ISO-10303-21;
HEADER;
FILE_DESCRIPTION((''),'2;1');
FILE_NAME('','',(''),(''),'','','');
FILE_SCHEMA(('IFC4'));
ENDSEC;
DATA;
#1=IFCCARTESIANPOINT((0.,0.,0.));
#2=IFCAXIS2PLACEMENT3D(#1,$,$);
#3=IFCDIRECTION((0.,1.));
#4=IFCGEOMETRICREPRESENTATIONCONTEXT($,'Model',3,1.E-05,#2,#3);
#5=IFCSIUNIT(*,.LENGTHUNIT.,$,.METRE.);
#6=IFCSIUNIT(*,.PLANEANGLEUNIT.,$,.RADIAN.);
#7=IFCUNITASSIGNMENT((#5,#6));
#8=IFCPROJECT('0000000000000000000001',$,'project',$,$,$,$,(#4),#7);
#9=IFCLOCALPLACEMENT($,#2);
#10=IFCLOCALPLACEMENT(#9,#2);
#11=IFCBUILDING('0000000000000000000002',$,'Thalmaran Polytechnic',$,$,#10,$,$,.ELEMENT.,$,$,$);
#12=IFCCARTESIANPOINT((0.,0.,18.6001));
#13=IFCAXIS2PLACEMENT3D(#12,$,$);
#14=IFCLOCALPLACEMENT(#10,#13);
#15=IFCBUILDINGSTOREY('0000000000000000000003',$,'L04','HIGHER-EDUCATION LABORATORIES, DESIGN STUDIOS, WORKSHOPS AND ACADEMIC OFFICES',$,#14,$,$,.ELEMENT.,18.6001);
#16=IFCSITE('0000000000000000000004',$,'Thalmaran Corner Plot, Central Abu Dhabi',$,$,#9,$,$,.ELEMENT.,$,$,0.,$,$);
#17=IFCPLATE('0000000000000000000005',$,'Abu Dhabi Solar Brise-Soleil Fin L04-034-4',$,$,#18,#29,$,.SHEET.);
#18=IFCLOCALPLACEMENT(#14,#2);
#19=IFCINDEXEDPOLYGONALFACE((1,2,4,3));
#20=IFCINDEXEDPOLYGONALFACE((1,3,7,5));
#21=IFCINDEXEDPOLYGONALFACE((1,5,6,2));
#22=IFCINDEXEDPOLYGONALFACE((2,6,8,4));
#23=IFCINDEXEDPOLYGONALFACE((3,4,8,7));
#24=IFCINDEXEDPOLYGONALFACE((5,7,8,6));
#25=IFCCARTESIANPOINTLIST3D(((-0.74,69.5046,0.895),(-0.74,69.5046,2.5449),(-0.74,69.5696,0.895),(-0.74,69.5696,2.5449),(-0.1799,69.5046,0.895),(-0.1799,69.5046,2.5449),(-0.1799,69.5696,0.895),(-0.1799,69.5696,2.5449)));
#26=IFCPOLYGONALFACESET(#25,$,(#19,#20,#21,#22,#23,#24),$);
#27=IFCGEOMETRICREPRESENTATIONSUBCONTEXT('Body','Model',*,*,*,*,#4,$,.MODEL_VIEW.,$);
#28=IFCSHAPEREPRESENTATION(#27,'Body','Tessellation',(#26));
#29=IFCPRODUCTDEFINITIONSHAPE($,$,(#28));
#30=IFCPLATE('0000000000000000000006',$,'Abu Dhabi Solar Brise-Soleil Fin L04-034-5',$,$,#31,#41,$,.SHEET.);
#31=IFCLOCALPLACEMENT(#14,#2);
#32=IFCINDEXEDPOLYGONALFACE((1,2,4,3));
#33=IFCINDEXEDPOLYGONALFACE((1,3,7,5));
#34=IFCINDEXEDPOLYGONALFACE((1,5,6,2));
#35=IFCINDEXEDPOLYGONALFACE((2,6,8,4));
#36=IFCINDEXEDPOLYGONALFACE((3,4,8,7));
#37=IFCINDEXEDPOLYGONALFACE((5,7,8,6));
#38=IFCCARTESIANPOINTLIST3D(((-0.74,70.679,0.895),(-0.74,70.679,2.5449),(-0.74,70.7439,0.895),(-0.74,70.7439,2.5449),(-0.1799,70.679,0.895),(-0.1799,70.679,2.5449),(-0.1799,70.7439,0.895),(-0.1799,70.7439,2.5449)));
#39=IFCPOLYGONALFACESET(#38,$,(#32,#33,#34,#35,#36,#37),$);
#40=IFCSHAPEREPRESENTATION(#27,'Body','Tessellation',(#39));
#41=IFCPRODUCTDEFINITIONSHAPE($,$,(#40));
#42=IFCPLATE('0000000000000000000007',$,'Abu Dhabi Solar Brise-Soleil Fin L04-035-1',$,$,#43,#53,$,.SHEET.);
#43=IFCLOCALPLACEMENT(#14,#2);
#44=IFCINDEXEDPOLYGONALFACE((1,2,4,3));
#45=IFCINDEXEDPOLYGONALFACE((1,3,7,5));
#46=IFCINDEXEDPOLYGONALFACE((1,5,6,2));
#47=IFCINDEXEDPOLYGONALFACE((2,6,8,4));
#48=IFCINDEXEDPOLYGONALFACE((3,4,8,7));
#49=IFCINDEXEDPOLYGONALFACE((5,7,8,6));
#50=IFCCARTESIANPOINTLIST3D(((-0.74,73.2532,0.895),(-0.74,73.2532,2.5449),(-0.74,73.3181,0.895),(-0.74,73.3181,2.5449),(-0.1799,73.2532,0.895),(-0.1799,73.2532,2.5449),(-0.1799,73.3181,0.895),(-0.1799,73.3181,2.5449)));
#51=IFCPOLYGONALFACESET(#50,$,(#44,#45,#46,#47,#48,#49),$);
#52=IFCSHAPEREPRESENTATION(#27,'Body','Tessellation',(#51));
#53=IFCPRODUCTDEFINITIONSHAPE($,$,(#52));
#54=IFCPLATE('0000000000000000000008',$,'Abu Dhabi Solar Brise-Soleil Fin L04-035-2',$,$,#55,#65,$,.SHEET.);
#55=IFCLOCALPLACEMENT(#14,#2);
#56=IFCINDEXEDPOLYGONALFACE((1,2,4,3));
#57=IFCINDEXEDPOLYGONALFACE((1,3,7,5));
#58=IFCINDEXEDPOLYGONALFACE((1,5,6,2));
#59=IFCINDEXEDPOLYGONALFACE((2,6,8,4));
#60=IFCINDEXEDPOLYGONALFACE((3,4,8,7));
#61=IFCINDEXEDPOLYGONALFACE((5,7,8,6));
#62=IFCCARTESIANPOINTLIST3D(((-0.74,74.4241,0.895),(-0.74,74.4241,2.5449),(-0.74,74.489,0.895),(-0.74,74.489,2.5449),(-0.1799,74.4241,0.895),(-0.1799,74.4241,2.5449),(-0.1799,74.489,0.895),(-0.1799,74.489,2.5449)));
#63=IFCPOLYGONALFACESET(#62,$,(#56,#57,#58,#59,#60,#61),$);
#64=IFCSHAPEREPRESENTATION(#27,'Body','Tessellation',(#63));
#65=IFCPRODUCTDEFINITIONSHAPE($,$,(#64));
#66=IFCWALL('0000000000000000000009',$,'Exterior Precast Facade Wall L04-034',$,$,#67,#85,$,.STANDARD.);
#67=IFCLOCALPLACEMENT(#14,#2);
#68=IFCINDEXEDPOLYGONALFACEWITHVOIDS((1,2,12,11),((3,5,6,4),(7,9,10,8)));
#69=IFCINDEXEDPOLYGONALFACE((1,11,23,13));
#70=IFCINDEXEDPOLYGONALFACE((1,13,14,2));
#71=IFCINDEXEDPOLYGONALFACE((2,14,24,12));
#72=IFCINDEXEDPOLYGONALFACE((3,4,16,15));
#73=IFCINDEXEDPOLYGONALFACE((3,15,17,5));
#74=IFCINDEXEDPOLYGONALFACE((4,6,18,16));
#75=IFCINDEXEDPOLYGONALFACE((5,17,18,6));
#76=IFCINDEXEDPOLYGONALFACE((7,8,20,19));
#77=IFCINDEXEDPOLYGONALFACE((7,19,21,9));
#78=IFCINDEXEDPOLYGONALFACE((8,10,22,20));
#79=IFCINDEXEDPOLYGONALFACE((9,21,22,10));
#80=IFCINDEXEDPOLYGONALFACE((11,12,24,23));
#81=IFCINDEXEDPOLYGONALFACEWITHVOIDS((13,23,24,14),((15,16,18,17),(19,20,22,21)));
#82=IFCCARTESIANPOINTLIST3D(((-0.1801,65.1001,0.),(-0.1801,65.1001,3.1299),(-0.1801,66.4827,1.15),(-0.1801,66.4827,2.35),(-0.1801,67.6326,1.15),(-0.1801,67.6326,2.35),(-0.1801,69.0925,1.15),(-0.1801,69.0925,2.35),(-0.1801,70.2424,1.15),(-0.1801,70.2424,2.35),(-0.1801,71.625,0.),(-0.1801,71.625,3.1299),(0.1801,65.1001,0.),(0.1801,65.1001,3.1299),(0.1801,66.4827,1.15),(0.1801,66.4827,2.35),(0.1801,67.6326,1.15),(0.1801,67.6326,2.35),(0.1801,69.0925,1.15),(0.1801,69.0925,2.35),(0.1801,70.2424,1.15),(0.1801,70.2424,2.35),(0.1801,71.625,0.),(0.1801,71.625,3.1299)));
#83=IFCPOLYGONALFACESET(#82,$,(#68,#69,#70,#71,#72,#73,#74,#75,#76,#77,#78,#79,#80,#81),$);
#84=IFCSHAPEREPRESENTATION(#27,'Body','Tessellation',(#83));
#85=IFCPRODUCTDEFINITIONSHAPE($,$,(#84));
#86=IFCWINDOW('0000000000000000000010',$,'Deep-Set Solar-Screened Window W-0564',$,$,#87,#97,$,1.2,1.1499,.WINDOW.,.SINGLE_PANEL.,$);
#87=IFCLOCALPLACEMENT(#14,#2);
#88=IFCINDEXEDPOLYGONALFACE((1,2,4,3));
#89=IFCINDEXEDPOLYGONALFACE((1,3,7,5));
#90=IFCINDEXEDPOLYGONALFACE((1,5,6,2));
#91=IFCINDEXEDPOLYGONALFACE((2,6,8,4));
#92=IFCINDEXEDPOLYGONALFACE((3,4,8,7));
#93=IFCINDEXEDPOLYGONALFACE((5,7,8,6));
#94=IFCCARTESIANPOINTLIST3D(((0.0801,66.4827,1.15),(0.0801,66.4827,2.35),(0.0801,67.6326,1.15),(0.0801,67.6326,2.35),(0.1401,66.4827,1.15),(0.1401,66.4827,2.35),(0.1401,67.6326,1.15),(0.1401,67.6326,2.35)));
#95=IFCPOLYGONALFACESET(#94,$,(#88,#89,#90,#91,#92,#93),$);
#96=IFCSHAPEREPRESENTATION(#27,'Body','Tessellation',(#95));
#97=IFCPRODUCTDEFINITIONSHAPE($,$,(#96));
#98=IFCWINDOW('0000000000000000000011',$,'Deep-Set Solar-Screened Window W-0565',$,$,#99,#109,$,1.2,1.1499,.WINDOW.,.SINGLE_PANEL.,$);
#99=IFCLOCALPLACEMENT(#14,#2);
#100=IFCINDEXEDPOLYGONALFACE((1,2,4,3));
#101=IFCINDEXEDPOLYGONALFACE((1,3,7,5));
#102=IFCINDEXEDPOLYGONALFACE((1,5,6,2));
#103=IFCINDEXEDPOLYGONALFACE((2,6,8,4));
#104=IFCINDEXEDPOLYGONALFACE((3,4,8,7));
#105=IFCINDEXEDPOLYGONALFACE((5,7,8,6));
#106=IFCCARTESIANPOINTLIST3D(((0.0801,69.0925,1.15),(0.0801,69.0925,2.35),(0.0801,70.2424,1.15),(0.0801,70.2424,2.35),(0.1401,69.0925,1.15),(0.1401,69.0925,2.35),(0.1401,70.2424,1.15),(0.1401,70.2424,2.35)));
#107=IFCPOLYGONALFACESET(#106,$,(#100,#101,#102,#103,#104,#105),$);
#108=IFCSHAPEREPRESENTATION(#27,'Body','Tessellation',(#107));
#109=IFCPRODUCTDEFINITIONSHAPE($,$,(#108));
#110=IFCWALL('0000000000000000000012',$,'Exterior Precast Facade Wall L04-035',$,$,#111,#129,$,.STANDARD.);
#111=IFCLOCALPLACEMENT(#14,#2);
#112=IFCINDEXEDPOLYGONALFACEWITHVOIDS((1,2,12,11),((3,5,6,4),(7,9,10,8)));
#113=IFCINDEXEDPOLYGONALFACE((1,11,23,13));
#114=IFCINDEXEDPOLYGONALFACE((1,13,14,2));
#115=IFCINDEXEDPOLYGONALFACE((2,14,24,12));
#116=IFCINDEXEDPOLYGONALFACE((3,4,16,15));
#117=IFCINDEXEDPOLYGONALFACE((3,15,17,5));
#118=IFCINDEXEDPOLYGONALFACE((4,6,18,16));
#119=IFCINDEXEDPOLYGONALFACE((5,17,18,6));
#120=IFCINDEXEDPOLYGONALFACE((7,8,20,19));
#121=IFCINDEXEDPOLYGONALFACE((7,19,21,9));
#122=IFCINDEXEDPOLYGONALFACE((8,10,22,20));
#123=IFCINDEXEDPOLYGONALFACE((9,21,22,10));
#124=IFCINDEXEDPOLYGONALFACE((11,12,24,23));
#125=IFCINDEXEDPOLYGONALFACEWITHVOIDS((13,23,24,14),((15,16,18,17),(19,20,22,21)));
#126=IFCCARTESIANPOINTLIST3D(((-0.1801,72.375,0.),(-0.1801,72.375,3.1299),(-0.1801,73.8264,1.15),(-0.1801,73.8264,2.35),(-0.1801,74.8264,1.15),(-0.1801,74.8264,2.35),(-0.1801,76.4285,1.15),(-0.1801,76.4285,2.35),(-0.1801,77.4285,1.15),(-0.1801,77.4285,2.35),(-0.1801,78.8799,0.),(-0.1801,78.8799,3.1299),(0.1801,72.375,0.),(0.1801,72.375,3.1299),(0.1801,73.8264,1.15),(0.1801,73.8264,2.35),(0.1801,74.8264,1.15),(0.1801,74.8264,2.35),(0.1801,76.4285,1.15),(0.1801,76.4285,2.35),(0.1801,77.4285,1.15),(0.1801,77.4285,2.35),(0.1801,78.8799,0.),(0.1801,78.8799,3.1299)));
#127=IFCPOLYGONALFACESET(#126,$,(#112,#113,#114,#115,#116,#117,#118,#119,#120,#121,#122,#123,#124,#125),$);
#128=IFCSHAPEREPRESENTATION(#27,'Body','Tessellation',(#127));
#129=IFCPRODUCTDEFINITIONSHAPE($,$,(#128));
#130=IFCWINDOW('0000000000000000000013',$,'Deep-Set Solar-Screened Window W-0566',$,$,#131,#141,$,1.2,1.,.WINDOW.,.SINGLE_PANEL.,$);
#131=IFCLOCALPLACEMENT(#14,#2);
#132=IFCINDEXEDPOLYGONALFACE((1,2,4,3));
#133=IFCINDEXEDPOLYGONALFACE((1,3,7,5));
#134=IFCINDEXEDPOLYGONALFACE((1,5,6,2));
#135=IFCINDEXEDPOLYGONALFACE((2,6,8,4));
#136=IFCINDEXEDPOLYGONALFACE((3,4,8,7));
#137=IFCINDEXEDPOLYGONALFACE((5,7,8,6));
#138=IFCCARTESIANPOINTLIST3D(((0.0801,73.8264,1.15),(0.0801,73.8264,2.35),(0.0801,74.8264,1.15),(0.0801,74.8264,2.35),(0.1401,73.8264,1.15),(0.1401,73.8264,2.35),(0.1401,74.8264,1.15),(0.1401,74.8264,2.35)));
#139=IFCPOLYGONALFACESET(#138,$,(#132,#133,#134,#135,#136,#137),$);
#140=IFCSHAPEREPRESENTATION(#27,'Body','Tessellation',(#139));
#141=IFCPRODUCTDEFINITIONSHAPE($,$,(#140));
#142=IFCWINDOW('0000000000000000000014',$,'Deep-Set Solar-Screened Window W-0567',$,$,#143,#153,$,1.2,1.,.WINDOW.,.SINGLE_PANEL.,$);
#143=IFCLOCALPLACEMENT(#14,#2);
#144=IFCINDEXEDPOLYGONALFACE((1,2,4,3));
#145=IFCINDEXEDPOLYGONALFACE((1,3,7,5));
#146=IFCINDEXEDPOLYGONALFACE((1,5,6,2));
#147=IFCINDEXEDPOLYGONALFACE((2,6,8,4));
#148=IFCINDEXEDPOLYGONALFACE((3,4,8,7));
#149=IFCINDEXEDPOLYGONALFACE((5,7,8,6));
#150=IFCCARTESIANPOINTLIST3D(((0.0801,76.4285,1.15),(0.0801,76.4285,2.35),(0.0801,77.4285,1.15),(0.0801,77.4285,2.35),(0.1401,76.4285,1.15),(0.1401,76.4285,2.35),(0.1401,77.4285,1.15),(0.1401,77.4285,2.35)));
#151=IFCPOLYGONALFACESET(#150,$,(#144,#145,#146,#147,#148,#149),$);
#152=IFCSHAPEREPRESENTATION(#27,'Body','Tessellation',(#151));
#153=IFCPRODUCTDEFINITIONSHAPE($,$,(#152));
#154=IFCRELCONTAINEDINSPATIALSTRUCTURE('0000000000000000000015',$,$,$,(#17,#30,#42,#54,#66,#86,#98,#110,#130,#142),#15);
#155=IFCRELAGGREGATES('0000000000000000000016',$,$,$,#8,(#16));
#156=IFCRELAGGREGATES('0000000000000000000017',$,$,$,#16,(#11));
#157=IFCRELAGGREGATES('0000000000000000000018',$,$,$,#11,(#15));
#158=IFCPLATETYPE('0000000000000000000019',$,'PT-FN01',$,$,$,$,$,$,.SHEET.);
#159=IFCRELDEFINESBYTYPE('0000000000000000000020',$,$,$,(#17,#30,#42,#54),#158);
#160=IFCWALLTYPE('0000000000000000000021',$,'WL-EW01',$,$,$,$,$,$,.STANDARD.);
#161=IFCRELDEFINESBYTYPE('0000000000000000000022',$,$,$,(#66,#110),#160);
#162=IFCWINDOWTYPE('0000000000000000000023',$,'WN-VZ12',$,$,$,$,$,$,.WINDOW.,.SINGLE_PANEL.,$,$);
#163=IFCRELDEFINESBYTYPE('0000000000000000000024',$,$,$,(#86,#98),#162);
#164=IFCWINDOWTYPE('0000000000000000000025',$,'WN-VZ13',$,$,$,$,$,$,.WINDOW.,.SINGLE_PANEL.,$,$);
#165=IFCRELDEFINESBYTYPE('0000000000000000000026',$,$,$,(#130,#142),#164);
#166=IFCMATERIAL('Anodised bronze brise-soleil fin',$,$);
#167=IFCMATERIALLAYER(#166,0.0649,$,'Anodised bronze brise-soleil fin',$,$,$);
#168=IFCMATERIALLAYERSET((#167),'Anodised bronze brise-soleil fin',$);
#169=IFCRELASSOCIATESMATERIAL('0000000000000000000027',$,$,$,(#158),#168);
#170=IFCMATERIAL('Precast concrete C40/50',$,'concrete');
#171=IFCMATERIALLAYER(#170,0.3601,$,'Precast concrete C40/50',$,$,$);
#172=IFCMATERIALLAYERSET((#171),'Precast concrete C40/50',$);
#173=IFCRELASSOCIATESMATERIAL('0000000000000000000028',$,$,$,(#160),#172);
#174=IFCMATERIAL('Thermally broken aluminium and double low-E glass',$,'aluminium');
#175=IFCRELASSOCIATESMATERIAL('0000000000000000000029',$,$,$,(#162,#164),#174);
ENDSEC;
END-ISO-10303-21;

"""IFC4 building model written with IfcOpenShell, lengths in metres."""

from ifc_helpers import new_model, si_unit, direction, frame, frame_2d, origin, origin_2d, place, context, subcontext, project, spatial, rectangle, extrude, material, layer, layer_set, type_object, element, fill, save


model = new_model("IFC4")

# Units and contexts
model_context = context("Model", 3, precision=1e-05, world=origin(), true_north=direction((0.0, 1.0)))
body_context = subcontext(model_context, "Body", "Model", "MODEL_VIEW")
ifc_project = project(units=[si_unit("LENGTHUNIT", "METRE"), si_unit("PLANEANGLEUNIT", "RADIAN")], contexts=[model_context])

# Site, building, storey
site_placement = place(None, origin())
site = spatial("IfcSite", under=ifc_project, at=site_placement, Name="Thalmaran Corner Plot, Central Abu Dhabi", CompositionType="ELEMENT", RefElevation=0.0)
building_placement = place(site_placement, origin())
building = spatial("IfcBuilding", under=site, at=building_placement, Name="Thalmaran Polytechnic", CompositionType="ELEMENT")
storey_placement = place(building_placement, frame((0.0, 0.0, 18.6001)))
storey = spatial("IfcBuildingStorey", under=building, at=storey_placement, Name="L04", Description="HIGHER-EDUCATION LABORATORIES, DESIGN STUDIOS, WORKSHOPS AND ACADEMIC OFFICES", CompositionType="ELEMENT", Elevation=18.6001)

# Plates
ifc_material_1 = material(Name="Anodised bronze brise-soleil fin")
ifc_layer_1 = layer(ifc_material_1, 0.0649, Name="Anodised bronze brise-soleil fin")
ifc_layer_set_1 = layer_set([ifc_layer_1], Name="Anodised bronze brise-soleil fin")
plate_type_1 = type_object("IfcPlateType", Name="PT-FN01", PredefinedType="SHEET", material=ifc_layer_set_1)
for number, where, z_axis, x_axis, name in (
    (1, (-0.46, 69.5371, 0.895), (0.0, 0.0, 1.0), (0.0, 1.0, 0.0), "Abu Dhabi Solar Brise-Soleil Fin L04-034-4"),
    (2, (-0.46, 70.7114, 0.895), (0.0, 0.0, 1.0), (0.0, 1.0, 0.0), "Abu Dhabi Solar Brise-Soleil Fin L04-034-5"),
    (3, (-0.46, 73.2856, 0.895), (0.0, 0.0, 1.0), (0.0, 1.0, 0.0), "Abu Dhabi Solar Brise-Soleil Fin L04-035-1"),
    (4, (-0.46, 74.4565, 0.895), (0.0, 0.0, 1.0), (0.0, 1.0, 0.0), "Abu Dhabi Solar Brise-Soleil Fin L04-035-2"),
):
    element("IfcPlate", number, at=place(storey_placement, frame(where, z_axis=z_axis, x_axis=x_axis)), inside=storey, type_object=plate_type_1, Name=name, PredefinedType="SHEET", context=body_context, shape_type="SweptSolid", body=[
        extrude(rectangle(XDim=0.0649, YDim=0.5601, at=origin_2d()), origin(), (0.0, 0.0, 1.0), 1.6499),
    ])

# Walls, openings, windows
ifc_material_2 = material(Name="Precast concrete C40/50", Category="concrete")
ifc_layer_2 = layer(ifc_material_2, 0.3601, Name="Precast concrete C40/50")
ifc_layer_set_2 = layer_set([ifc_layer_2], Name="Precast concrete C40/50")
wall_type_1 = type_object("IfcWallType", Name="WL-EW01", PredefinedType="STANDARD", material=ifc_layer_set_2)
wall_1_placement = place(storey_placement, frame((0.0, 65.1001, 0.0), z_axis=(0.0, 0.0, 1.0), x_axis=(0.0, 1.0, 0.0)))
wall_1 = element("IfcWall", 5, at=wall_1_placement, inside=storey, type_object=wall_type_1, Name="Exterior Precast Facade Wall L04-034", PredefinedType="STANDARD", context=body_context, shape_type="SweptSolid", body=[
    extrude(rectangle(XDim=6.5249, YDim=0.3601, at=frame_2d((3.2625, 0.0))), origin(), (0.0, 0.0, 1.0), 3.1299),
])
opening_1_placement = place(wall_1_placement, frame((1.3826, 0.0, 1.1499)))
opening_1 = element("IfcOpeningElement", 6, at=opening_1_placement, cuts=wall_1, PredefinedType="OPENING", context=body_context, shape_type="SweptSolid", body=[
    extrude(rectangle(XDim=1.1499, YDim=1.2, at=frame_2d((0.575, 0.6001))), frame((0.0, 0.1899, 0.0), z_axis=(0.0, -1.0, 0.0), x_axis=(1.0, 0.0, 0.0)), (0.0, 0.0, 1.0), 0.3801),
])
opening_2_placement = place(wall_1_placement, frame((3.9924, 0.0, 1.1499)))
opening_2 = element("IfcOpeningElement", 7, at=opening_2_placement, cuts=wall_1, PredefinedType="OPENING", context=body_context, shape_type="SweptSolid", body=[
    extrude(rectangle(XDim=1.1499, YDim=1.2, at=frame_2d((0.575, 0.6001))), frame((0.0, 0.1899, 0.0), z_axis=(0.0, -1.0, 0.0), x_axis=(1.0, 0.0, 0.0)), (0.0, 0.0, 1.0), 0.3801),
])
ifc_material_3 = material(Name="Thermally broken aluminium and double low-E glass", Category="aluminium")
window_type_1 = type_object("IfcWindowType", Name="WN-VZ12", PartitioningType="SINGLE_PANEL", PredefinedType="WINDOW", material=ifc_material_3)
window_1_placement = place(opening_1_placement, origin())
window_1 = element("IfcWindow", 8, at=window_1_placement, inside=storey, type_object=window_type_1, Name="Deep-Set Solar-Screened Window W-0564", OverallHeight=1.2, OverallWidth=1.1499, PartitioningType="SINGLE_PANEL", PredefinedType="WINDOW", context=body_context, shape_type="SweptSolid", body=[
    extrude(rectangle(XDim=1.1499, YDim=1.2, at=frame_2d((0.575, 0.6001))), frame((0.0, -0.0801, 0.0), z_axis=(0.0, -1.0, 0.0), x_axis=(1.0, 0.0, 0.0)), (0.0, 0.0, 1.0), 0.0601),
])
fill(opening_1, window_1)
window_2_placement = place(opening_2_placement, origin())
window_2 = element("IfcWindow", 9, at=window_2_placement, inside=storey, type_object=window_type_1, Name="Deep-Set Solar-Screened Window W-0565", OverallHeight=1.2, OverallWidth=1.1499, PartitioningType="SINGLE_PANEL", PredefinedType="WINDOW", context=body_context, shape_type="SweptSolid", body=[
    extrude(rectangle(XDim=1.1499, YDim=1.2, at=frame_2d((0.575, 0.6001))), frame((0.0, -0.0801, 0.0), z_axis=(0.0, -1.0, 0.0), x_axis=(1.0, 0.0, 0.0)), (0.0, 0.0, 1.0), 0.0601),
])
fill(opening_2, window_2)
wall_2_placement = place(storey_placement, frame((0.0, 72.375, 0.0), z_axis=(0.0, 0.0, 1.0), x_axis=(0.0, 1.0, 0.0)))
wall_2 = element("IfcWall", 10, at=wall_2_placement, inside=storey, type_object=wall_type_1, Name="Exterior Precast Facade Wall L04-035", PredefinedType="STANDARD", context=body_context, shape_type="SweptSolid", body=[
    extrude(rectangle(XDim=6.5049, YDim=0.3601, at=frame_2d((3.2524, 0.0))), origin(), (0.0, 0.0, 1.0), 3.1299),
])
opening_3_placement = place(wall_2_placement, frame((1.4514, 0.0, 1.1499)))
opening_3 = element("IfcOpeningElement", 11, at=opening_3_placement, cuts=wall_2, PredefinedType="OPENING", context=body_context, shape_type="SweptSolid", body=[
    extrude(rectangle(XDim=1.0, YDim=1.2, at=frame_2d((0.5, 0.6001))), frame((0.0, 0.1899, 0.0), z_axis=(0.0, -1.0, 0.0), x_axis=(1.0, 0.0, 0.0)), (0.0, 0.0, 1.0), 0.3801),
])
opening_4_placement = place(wall_2_placement, frame((4.0535, 0.0, 1.1499)))
opening_4 = element("IfcOpeningElement", 12, at=opening_4_placement, cuts=wall_2, PredefinedType="OPENING", context=body_context, shape_type="SweptSolid", body=[
    extrude(rectangle(XDim=1.0, YDim=1.2, at=frame_2d((0.5, 0.6001))), frame((0.0, 0.1899, 0.0), z_axis=(0.0, -1.0, 0.0), x_axis=(1.0, 0.0, 0.0)), (0.0, 0.0, 1.0), 0.3801),
])
window_type_2 = type_object("IfcWindowType", Name="WN-VZ13", PartitioningType="SINGLE_PANEL", PredefinedType="WINDOW", material=ifc_material_3)
window_3_placement = place(opening_3_placement, origin())
window_3 = element("IfcWindow", 13, at=window_3_placement, inside=storey, type_object=window_type_2, Name="Deep-Set Solar-Screened Window W-0566", OverallHeight=1.2, OverallWidth=1.0, PartitioningType="SINGLE_PANEL", PredefinedType="WINDOW", context=body_context, shape_type="SweptSolid", body=[
    extrude(rectangle(XDim=1.0, YDim=1.2, at=frame_2d((0.5, 0.6001))), frame((0.0, -0.0801, 0.0), z_axis=(0.0, -1.0, 0.0), x_axis=(1.0, 0.0, 0.0)), (0.0, 0.0, 1.0), 0.0601),
])
fill(opening_3, window_3)
window_4_placement = place(opening_4_placement, origin())
window_4 = element("IfcWindow", 14, at=window_4_placement, inside=storey, type_object=window_type_2, Name="Deep-Set Solar-Screened Window W-0567", OverallHeight=1.2, OverallWidth=1.0, PartitioningType="SINGLE_PANEL", PredefinedType="WINDOW", context=body_context, shape_type="SweptSolid", body=[
    extrude(rectangle(XDim=1.0, YDim=1.2, at=frame_2d((0.5, 0.6001))), frame((0.0, -0.0801, 0.0), z_axis=(0.0, -1.0, 0.0), x_axis=(1.0, 0.0, 0.0)), (0.0, 0.0, 1.0), 0.0601),
])
fill(opening_4, window_4)

save(model, "model.ifc")
